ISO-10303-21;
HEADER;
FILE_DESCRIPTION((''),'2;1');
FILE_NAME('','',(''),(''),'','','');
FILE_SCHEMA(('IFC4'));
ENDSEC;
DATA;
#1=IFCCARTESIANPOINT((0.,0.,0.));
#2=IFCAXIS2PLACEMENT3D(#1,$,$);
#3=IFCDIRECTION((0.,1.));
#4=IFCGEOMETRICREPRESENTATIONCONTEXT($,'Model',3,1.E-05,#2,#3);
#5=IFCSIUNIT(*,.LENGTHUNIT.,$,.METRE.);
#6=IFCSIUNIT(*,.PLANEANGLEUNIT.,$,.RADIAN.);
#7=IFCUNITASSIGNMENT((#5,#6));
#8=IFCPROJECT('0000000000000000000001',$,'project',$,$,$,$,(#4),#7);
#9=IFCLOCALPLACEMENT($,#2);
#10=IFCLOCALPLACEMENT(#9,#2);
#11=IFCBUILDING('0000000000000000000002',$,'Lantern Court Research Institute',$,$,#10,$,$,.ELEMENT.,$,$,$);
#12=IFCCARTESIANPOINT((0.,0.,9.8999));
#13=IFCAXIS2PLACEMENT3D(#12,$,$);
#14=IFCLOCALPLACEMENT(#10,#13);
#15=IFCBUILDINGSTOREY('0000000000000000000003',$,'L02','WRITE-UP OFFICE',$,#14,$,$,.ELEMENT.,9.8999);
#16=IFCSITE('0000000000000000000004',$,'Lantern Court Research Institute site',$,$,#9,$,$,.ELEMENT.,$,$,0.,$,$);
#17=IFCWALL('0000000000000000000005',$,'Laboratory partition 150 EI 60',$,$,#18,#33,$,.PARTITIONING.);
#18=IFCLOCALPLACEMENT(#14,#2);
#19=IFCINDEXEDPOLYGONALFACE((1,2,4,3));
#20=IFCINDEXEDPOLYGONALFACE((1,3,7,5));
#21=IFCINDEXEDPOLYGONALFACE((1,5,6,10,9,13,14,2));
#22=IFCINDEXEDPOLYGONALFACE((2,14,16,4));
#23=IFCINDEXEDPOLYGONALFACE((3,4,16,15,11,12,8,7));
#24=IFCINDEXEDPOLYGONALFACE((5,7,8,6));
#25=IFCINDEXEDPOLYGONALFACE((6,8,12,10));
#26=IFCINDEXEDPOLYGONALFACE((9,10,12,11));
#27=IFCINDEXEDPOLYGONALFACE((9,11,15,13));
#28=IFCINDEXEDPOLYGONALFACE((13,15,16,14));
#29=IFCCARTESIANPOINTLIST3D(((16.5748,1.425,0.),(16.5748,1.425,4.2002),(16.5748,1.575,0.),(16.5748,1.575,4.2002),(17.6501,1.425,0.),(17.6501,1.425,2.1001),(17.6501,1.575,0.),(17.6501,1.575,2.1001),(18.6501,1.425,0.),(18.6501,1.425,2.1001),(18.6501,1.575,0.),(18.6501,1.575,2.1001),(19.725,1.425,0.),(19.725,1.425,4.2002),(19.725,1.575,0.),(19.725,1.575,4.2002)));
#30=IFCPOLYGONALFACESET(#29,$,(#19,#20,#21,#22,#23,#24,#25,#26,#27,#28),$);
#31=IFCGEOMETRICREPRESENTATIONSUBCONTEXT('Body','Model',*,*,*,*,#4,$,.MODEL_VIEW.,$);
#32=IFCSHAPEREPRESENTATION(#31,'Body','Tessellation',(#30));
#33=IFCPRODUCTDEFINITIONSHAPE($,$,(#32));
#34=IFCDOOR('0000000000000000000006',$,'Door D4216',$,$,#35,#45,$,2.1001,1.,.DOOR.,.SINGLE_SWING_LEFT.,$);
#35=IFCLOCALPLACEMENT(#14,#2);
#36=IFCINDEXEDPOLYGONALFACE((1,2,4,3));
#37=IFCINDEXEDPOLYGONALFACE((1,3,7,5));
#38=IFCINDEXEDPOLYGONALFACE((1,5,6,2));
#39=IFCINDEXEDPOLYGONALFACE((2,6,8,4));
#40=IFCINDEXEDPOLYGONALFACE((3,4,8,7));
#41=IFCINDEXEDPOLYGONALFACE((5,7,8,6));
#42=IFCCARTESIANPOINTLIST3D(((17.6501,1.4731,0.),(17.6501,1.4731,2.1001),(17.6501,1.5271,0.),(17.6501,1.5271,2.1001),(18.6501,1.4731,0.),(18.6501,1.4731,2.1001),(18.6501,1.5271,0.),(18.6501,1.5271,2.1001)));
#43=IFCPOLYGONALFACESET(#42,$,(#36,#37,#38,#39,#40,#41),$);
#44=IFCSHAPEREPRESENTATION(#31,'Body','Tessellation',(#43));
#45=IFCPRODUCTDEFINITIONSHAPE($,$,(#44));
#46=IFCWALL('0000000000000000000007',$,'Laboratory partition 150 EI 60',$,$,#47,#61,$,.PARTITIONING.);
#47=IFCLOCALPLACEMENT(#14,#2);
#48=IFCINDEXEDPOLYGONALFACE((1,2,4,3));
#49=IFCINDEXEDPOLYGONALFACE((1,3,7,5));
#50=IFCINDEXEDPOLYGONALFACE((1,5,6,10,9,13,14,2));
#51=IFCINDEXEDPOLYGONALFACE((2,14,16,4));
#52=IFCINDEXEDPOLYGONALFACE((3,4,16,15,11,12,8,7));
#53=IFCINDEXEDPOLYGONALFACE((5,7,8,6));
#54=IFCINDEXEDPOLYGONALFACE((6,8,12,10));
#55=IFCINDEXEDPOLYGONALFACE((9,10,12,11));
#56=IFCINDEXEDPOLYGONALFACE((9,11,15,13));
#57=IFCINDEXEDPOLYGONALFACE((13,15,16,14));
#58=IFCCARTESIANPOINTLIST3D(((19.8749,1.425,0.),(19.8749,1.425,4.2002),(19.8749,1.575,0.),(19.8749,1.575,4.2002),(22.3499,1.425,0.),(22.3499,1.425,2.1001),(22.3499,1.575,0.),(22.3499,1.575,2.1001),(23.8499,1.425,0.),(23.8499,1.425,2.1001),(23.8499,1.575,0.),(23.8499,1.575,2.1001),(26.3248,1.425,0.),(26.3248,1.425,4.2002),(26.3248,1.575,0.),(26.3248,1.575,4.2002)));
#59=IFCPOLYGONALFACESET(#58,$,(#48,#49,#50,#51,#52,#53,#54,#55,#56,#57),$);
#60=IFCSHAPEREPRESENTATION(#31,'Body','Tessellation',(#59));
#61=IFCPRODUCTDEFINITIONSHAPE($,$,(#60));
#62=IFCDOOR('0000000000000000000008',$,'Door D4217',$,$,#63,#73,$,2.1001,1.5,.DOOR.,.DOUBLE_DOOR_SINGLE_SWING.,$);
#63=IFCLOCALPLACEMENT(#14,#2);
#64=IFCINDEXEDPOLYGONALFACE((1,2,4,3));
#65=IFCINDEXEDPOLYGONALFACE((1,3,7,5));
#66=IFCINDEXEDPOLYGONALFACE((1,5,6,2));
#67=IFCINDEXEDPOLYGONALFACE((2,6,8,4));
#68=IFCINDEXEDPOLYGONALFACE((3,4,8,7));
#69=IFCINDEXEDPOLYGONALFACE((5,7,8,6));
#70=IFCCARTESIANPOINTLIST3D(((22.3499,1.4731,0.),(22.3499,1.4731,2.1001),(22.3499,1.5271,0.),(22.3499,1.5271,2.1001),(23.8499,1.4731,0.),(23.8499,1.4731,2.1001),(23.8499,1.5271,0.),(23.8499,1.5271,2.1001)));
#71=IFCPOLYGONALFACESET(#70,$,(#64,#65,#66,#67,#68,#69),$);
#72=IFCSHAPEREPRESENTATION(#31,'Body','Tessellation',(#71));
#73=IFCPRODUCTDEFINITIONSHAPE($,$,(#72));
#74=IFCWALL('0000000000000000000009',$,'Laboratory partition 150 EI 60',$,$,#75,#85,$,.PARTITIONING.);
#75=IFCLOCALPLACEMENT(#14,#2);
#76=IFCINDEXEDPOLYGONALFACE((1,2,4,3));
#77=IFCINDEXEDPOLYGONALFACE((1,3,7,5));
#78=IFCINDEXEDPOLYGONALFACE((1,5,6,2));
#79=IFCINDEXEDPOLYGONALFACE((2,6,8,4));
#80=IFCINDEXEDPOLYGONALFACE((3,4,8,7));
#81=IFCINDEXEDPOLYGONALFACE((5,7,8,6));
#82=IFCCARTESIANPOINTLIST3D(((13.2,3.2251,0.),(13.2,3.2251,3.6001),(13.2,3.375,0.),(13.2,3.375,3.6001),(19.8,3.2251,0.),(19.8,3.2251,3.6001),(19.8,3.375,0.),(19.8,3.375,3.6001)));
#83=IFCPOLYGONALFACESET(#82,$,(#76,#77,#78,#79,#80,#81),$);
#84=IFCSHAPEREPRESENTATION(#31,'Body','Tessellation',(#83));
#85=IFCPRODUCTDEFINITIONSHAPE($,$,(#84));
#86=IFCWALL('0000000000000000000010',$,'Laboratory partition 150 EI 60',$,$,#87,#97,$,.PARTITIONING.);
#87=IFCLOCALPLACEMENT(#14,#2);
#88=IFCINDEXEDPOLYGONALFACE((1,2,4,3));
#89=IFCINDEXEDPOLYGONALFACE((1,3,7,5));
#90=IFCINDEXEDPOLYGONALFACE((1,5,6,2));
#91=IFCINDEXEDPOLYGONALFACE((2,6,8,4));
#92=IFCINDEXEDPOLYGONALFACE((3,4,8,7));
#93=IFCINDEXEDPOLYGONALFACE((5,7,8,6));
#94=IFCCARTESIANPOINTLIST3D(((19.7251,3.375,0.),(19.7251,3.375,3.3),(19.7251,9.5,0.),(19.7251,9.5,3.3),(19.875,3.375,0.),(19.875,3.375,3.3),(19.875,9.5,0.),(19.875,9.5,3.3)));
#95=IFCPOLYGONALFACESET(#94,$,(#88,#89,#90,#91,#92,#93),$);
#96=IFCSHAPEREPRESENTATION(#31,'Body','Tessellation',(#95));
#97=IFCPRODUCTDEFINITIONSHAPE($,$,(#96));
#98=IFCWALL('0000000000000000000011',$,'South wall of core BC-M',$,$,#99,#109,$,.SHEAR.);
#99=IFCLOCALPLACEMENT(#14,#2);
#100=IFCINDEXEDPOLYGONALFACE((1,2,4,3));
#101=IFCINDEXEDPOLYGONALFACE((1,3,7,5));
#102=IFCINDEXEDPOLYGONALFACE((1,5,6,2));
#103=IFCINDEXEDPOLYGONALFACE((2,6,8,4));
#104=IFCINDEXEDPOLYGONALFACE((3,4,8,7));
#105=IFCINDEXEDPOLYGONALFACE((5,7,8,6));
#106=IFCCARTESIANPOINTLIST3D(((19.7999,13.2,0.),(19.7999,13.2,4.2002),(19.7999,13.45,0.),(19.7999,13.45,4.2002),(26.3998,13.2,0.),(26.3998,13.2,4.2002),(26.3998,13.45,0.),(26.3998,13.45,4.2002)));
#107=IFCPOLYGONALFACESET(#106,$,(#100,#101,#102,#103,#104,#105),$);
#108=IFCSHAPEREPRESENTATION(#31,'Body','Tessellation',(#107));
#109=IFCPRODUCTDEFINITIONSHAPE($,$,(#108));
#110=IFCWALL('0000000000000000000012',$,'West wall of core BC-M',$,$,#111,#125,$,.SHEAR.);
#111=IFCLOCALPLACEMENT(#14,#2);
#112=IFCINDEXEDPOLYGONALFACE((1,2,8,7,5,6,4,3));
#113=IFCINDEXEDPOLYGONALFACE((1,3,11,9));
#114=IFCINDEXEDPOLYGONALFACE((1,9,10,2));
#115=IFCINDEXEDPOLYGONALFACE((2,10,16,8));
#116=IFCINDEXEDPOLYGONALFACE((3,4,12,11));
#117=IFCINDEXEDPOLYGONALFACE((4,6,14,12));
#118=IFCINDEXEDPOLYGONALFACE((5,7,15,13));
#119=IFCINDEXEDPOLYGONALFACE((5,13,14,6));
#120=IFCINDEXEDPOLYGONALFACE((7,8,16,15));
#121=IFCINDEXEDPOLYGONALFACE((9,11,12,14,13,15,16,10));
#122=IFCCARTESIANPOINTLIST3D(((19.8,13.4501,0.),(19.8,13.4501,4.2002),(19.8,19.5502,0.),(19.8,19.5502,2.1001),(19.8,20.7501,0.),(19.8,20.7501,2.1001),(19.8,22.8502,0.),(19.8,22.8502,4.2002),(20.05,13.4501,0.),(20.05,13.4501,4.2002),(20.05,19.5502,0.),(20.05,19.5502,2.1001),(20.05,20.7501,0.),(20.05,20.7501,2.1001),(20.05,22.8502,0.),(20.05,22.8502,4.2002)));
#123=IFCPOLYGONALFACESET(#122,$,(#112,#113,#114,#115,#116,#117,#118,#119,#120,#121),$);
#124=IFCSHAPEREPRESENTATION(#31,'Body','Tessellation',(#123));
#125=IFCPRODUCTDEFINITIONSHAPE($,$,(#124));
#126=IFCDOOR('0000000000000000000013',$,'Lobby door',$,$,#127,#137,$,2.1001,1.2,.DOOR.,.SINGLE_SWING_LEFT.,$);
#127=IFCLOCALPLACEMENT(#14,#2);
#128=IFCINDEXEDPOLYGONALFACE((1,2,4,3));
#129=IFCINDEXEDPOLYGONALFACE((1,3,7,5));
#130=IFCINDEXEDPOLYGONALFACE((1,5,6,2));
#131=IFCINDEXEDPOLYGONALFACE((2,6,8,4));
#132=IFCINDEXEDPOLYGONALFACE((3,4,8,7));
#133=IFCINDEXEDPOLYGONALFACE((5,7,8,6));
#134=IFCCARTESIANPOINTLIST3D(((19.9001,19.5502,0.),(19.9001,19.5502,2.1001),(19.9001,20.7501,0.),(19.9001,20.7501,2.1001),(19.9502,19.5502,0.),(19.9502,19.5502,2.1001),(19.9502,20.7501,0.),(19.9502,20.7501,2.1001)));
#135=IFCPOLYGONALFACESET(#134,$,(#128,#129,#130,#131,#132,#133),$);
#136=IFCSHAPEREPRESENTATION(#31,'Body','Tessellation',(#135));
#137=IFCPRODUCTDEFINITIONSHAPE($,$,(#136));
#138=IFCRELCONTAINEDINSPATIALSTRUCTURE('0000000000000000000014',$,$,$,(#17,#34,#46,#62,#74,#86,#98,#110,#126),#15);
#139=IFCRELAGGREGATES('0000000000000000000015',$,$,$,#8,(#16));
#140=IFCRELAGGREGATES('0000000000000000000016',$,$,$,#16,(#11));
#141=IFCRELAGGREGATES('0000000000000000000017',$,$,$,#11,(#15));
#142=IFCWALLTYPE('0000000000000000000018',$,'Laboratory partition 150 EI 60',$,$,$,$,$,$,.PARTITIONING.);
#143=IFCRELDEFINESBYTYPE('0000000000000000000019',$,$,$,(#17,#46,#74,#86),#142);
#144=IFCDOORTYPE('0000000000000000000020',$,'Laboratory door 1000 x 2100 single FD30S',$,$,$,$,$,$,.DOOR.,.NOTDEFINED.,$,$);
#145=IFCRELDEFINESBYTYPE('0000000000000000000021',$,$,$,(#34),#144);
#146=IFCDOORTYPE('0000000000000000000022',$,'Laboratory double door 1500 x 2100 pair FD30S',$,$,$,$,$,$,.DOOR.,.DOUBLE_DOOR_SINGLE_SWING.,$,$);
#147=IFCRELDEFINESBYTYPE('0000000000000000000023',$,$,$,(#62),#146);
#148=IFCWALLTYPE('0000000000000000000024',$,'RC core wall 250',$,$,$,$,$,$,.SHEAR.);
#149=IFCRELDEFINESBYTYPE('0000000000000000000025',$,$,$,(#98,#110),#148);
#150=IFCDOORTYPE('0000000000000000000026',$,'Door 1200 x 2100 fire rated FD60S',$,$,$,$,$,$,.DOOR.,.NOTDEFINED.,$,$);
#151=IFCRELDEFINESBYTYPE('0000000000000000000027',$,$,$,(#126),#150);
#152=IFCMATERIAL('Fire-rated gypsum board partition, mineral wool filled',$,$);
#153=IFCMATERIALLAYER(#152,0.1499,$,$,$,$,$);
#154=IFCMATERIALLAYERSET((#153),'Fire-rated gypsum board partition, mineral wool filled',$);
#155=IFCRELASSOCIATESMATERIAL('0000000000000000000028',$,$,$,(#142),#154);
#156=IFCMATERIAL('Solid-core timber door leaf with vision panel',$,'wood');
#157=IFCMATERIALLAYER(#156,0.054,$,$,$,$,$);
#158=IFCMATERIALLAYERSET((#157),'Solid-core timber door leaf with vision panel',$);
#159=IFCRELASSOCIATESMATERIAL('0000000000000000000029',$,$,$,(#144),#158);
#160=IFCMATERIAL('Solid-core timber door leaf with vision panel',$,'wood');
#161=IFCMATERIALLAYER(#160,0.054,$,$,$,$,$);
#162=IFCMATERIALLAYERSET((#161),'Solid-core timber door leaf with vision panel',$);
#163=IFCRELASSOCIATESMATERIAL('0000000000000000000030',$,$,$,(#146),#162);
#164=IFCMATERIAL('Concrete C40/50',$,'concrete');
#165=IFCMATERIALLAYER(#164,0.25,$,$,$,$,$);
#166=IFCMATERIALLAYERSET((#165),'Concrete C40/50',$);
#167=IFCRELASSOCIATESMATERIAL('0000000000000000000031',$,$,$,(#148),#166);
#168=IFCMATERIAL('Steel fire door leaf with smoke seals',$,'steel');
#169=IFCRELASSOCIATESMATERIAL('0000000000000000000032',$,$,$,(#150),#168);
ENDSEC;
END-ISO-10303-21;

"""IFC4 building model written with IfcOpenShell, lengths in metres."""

from ifc_helpers import new_model, si_unit, direction, frame, frame_2d, origin, place, context, subcontext, project, spatial, rectangle, extrude, material, layer, layer_set, type_object, element, fill, save


model = new_model("IFC4")

# Units and contexts
model_context = context("Model", 3, precision=1e-05, world=origin(), true_north=direction((0.0, 1.0)))
body_context = subcontext(model_context, "Body", "Model", "MODEL_VIEW")
ifc_project = project(units=[si_unit("LENGTHUNIT", "METRE"), si_unit("PLANEANGLEUNIT", "RADIAN")], contexts=[model_context])

# Site, building, storey
site_placement = place(None, origin())
site = spatial("IfcSite", under=ifc_project, at=site_placement, Name="Lantern Court Research Institute site", CompositionType="ELEMENT", RefElevation=0.0)
building_placement = place(site_placement, origin())
building = spatial("IfcBuilding", under=site, at=building_placement, Name="Lantern Court Research Institute", CompositionType="ELEMENT")
storey_placement = place(building_placement, frame((0.0, 0.0, 9.8999)))
storey = spatial("IfcBuildingStorey", under=building, at=storey_placement, Name="L02", Description="WRITE-UP OFFICE", CompositionType="ELEMENT", Elevation=9.8999)

# Shared definitions
ifc_material_1 = material(Name="Fire-rated gypsum board partition, mineral wool filled")
ifc_layer_1 = layer(ifc_material_1, 0.1499)
ifc_layer_set_1 = layer_set([ifc_layer_1], Name="Fire-rated gypsum board partition, mineral wool filled")
wall_type_1 = type_object("IfcWallType", Name="Laboratory partition 150 EI 60", PredefinedType="PARTITIONING", material=ifc_layer_set_1)

# Shared definitions
ifc_material_2 = material(Name="Solid-core timber door leaf with vision panel", Category="wood")
ifc_layer_2 = layer(ifc_material_2, 0.054)
ifc_layer_set_2 = layer_set([ifc_layer_2], Name="Solid-core timber door leaf with vision panel")
door_type_1 = type_object("IfcDoorType", Name="Laboratory door 1000 x 2100 single FD30S", OperationType="NOTDEFINED", PredefinedType="DOOR", material=ifc_layer_set_2)

# Walls, openings, doors
wall_1_placement = place(storey_placement, frame((19.7251, 1.5, 0.0), z_axis=(0.0, 0.0, 1.0), x_axis=(-1.0, 0.0, 0.0)))
wall_1 = element("IfcWall", 1, at=wall_1_placement, inside=storey, type_object=wall_type_1, Name="Laboratory partition 150 EI 60", PredefinedType="PARTITIONING", context=body_context, shape_type="SweptSolid", body=[
    extrude(rectangle(XDim=3.1501, YDim=0.1499, at=frame_2d((1.5752, 0.0))), origin(), (0.0, 0.0, 1.0), 4.2002),
])
opening_1_placement = place(wall_1_placement, frame((1.075, 0.0, 0.0)))
opening_1 = element("IfcOpeningElement", 2, at=opening_1_placement, cuts=wall_1, PredefinedType="OPENING", context=body_context, shape_type="SweptSolid", body=[
    extrude(rectangle(XDim=1.0, YDim=2.1001, at=frame_2d((0.5, 1.05))), frame((0.0, 0.085, 0.0), z_axis=(0.0, -1.0, 0.0), x_axis=(1.0, 0.0, 0.0)), (0.0, 0.0, 1.0), 0.1699),
])
door_1_placement = place(opening_1_placement, origin())
door_1 = element("IfcDoor", 3, at=door_1_placement, inside=storey, type_object=door_type_1, Name="Door D4216", OperationType="SINGLE_SWING_LEFT", OverallHeight=2.1001, OverallWidth=1.0, PredefinedType="DOOR", context=body_context, shape_type="SweptSolid", body=[
    extrude(rectangle(XDim=1.0, YDim=2.1001, at=frame_2d((0.5, 1.05))), frame((0.0, 0.0269, 0.0), z_axis=(0.0, -1.0, 0.0), x_axis=(1.0, 0.0, 0.0)), (0.0, 0.0, 1.0), 0.054),
])
fill(opening_1, door_1)
wall_2_placement = place(storey_placement, frame((26.325, 1.5, 0.0), z_axis=(0.0, 0.0, 1.0), x_axis=(-1.0, 0.0, 0.0)))
wall_2 = element("IfcWall", 4, at=wall_2_placement, inside=storey, type_object=wall_type_1, Name="Laboratory partition 150 EI 60", PredefinedType="PARTITIONING", context=body_context, shape_type="SweptSolid", body=[
    extrude(rectangle(XDim=6.45, YDim=0.1499, at=frame_2d((3.2251, 0.0))), origin(), (0.0, 0.0, 1.0), 4.2002),
])
opening_2_placement = place(wall_2_placement, frame((2.4751, 0.0, 0.0)))
opening_2 = element("IfcOpeningElement", 5, at=opening_2_placement, cuts=wall_2, PredefinedType="OPENING", context=body_context, shape_type="SweptSolid", body=[
    extrude(rectangle(XDim=1.5, YDim=2.1001, at=frame_2d((0.75, 1.05))), frame((0.0, 0.085, 0.0), z_axis=(0.0, -1.0, 0.0), x_axis=(1.0, 0.0, 0.0)), (0.0, 0.0, 1.0), 0.1699),
])
ifc_material_3 = material(Name="Solid-core timber door leaf with vision panel", Category="wood")
ifc_layer_3 = layer(ifc_material_3, 0.054)
ifc_layer_set_3 = layer_set([ifc_layer_3], Name="Solid-core timber door leaf with vision panel")
door_type_2 = type_object("IfcDoorType", Name="Laboratory double door 1500 x 2100 pair FD30S", OperationType="DOUBLE_DOOR_SINGLE_SWING", PredefinedType="DOOR", material=ifc_layer_set_3)
door_2_placement = place(opening_2_placement, origin())
door_2 = element("IfcDoor", 6, at=door_2_placement, inside=storey, type_object=door_type_2, Name="Door D4217", OperationType="DOUBLE_DOOR_SINGLE_SWING", OverallHeight=2.1001, OverallWidth=1.5, PredefinedType="DOOR", context=body_context, shape_type="SweptSolid", body=[
    extrude(rectangle(XDim=1.5, YDim=2.1001, at=frame_2d((0.75, 1.05))), frame((0.0, 0.0269, 0.0), z_axis=(0.0, -1.0, 0.0), x_axis=(1.0, 0.0, 0.0)), (0.0, 0.0, 1.0), 0.054),
])
fill(opening_2, door_2)

# Walls
wall_3_placement = place(storey_placement, frame((19.8, 3.3, 0.0), z_axis=(0.0, 0.0, 1.0), x_axis=(-1.0, 0.0, 0.0)))
element("IfcWall", 7, at=wall_3_placement, inside=storey, type_object=wall_type_1, Name="Laboratory partition 150 EI 60", PredefinedType="PARTITIONING", context=body_context, shape_type="SweptSolid", body=[
    extrude(rectangle(XDim=6.6001, YDim=0.1499, at=frame_2d((3.3, 0.0))), origin(), (0.0, 0.0, 1.0), 3.6001),
])
wall_4_placement = place(storey_placement, frame((19.8, 3.375, 0.0), z_axis=(0.0, 0.0, 1.0), x_axis=(0.0, 1.0, 0.0)))
element("IfcWall", 8, at=wall_4_placement, inside=storey, type_object=wall_type_1, Name="Laboratory partition 150 EI 60", PredefinedType="PARTITIONING", context=body_context, shape_type="SweptSolid", body=[
    extrude(rectangle(XDim=6.125, YDim=0.1499, at=frame_2d((3.0625, 0.0))), origin(), (0.0, 0.0, 1.0), 3.3),
])
ifc_material_4 = material(Name="Concrete C40/50", Category="concrete")
ifc_layer_4 = layer(ifc_material_4, 0.25)
ifc_layer_set_4 = layer_set([ifc_layer_4], Name="Concrete C40/50")
wall_type_2 = type_object("IfcWallType", Name="RC core wall 250", PredefinedType="SHEAR", material=ifc_layer_set_4)
wall_5_placement = place(storey_placement, frame((19.8, 13.325, 0.0), z_axis=(0.0, 0.0, 1.0), x_axis=(1.0, 0.0, 0.0)))
element("IfcWall", 9, at=wall_5_placement, inside=storey, type_object=wall_type_2, Name="South wall of core BC-M", PredefinedType="SHEAR", context=body_context, shape_type="SweptSolid", body=[
    extrude(rectangle(XDim=6.5999, YDim=0.25, at=frame_2d((3.2998, 0.0))), origin(), (0.0, 0.0, 1.0), 4.2002),
])

# Wall, opening, door
wall_6_placement = place(storey_placement, frame((19.925, 13.45, 0.0), z_axis=(0.0, 0.0, 1.0), x_axis=(0.0, 1.0, 0.0)))
wall_6 = element("IfcWall", 10, at=wall_6_placement, inside=storey, type_object=wall_type_2, Name="West wall of core BC-M", PredefinedType="SHEAR", context=body_context, shape_type="SweptSolid", body=[
    extrude(rectangle(XDim=9.4001, YDim=0.25, at=frame_2d((4.7002, 0.0))), origin(), (0.0, 0.0, 1.0), 4.2002),
])
opening_3_placement = place(wall_6_placement, frame((6.1001, 0.0, 0.0)))
opening_3 = element("IfcOpeningElement", 11, at=opening_3_placement, cuts=wall_6, PredefinedType="OPENING", context=body_context, shape_type="SweptSolid", body=[
    extrude(rectangle(XDim=1.2, YDim=2.1001, at=frame_2d((0.6001, 1.05))), frame((0.0, 0.135, 0.0), z_axis=(0.0, -1.0, 0.0), x_axis=(1.0, 0.0, 0.0)), (0.0, 0.0, 1.0), 0.27),
])
ifc_material_5 = material(Name="Steel fire door leaf with smoke seals", Category="steel")
door_type_3 = type_object("IfcDoorType", Name="Door 1200 x 2100 fire rated FD60S", OperationType="NOTDEFINED", PredefinedType="DOOR", material=ifc_material_5)
door_3_placement = place(opening_3_placement, origin())
door_3 = element("IfcDoor", 12, at=door_3_placement, inside=storey, type_object=door_type_3, Name="Lobby door", OperationType="SINGLE_SWING_LEFT", OverallHeight=2.1001, OverallWidth=1.2, PredefinedType="DOOR", context=body_context, shape_type="SweptSolid", body=[
    extrude(rectangle(XDim=1.2, YDim=2.1001, at=frame_2d((0.6001, 1.05))), frame((0.0, 0.0249, 0.0), z_axis=(0.0, -1.0, 0.0), x_axis=(1.0, 0.0, 0.0)), (0.0, 0.0, 1.0), 0.05),
])
fill(opening_3, door_3)

save(model, "model.ifc")
